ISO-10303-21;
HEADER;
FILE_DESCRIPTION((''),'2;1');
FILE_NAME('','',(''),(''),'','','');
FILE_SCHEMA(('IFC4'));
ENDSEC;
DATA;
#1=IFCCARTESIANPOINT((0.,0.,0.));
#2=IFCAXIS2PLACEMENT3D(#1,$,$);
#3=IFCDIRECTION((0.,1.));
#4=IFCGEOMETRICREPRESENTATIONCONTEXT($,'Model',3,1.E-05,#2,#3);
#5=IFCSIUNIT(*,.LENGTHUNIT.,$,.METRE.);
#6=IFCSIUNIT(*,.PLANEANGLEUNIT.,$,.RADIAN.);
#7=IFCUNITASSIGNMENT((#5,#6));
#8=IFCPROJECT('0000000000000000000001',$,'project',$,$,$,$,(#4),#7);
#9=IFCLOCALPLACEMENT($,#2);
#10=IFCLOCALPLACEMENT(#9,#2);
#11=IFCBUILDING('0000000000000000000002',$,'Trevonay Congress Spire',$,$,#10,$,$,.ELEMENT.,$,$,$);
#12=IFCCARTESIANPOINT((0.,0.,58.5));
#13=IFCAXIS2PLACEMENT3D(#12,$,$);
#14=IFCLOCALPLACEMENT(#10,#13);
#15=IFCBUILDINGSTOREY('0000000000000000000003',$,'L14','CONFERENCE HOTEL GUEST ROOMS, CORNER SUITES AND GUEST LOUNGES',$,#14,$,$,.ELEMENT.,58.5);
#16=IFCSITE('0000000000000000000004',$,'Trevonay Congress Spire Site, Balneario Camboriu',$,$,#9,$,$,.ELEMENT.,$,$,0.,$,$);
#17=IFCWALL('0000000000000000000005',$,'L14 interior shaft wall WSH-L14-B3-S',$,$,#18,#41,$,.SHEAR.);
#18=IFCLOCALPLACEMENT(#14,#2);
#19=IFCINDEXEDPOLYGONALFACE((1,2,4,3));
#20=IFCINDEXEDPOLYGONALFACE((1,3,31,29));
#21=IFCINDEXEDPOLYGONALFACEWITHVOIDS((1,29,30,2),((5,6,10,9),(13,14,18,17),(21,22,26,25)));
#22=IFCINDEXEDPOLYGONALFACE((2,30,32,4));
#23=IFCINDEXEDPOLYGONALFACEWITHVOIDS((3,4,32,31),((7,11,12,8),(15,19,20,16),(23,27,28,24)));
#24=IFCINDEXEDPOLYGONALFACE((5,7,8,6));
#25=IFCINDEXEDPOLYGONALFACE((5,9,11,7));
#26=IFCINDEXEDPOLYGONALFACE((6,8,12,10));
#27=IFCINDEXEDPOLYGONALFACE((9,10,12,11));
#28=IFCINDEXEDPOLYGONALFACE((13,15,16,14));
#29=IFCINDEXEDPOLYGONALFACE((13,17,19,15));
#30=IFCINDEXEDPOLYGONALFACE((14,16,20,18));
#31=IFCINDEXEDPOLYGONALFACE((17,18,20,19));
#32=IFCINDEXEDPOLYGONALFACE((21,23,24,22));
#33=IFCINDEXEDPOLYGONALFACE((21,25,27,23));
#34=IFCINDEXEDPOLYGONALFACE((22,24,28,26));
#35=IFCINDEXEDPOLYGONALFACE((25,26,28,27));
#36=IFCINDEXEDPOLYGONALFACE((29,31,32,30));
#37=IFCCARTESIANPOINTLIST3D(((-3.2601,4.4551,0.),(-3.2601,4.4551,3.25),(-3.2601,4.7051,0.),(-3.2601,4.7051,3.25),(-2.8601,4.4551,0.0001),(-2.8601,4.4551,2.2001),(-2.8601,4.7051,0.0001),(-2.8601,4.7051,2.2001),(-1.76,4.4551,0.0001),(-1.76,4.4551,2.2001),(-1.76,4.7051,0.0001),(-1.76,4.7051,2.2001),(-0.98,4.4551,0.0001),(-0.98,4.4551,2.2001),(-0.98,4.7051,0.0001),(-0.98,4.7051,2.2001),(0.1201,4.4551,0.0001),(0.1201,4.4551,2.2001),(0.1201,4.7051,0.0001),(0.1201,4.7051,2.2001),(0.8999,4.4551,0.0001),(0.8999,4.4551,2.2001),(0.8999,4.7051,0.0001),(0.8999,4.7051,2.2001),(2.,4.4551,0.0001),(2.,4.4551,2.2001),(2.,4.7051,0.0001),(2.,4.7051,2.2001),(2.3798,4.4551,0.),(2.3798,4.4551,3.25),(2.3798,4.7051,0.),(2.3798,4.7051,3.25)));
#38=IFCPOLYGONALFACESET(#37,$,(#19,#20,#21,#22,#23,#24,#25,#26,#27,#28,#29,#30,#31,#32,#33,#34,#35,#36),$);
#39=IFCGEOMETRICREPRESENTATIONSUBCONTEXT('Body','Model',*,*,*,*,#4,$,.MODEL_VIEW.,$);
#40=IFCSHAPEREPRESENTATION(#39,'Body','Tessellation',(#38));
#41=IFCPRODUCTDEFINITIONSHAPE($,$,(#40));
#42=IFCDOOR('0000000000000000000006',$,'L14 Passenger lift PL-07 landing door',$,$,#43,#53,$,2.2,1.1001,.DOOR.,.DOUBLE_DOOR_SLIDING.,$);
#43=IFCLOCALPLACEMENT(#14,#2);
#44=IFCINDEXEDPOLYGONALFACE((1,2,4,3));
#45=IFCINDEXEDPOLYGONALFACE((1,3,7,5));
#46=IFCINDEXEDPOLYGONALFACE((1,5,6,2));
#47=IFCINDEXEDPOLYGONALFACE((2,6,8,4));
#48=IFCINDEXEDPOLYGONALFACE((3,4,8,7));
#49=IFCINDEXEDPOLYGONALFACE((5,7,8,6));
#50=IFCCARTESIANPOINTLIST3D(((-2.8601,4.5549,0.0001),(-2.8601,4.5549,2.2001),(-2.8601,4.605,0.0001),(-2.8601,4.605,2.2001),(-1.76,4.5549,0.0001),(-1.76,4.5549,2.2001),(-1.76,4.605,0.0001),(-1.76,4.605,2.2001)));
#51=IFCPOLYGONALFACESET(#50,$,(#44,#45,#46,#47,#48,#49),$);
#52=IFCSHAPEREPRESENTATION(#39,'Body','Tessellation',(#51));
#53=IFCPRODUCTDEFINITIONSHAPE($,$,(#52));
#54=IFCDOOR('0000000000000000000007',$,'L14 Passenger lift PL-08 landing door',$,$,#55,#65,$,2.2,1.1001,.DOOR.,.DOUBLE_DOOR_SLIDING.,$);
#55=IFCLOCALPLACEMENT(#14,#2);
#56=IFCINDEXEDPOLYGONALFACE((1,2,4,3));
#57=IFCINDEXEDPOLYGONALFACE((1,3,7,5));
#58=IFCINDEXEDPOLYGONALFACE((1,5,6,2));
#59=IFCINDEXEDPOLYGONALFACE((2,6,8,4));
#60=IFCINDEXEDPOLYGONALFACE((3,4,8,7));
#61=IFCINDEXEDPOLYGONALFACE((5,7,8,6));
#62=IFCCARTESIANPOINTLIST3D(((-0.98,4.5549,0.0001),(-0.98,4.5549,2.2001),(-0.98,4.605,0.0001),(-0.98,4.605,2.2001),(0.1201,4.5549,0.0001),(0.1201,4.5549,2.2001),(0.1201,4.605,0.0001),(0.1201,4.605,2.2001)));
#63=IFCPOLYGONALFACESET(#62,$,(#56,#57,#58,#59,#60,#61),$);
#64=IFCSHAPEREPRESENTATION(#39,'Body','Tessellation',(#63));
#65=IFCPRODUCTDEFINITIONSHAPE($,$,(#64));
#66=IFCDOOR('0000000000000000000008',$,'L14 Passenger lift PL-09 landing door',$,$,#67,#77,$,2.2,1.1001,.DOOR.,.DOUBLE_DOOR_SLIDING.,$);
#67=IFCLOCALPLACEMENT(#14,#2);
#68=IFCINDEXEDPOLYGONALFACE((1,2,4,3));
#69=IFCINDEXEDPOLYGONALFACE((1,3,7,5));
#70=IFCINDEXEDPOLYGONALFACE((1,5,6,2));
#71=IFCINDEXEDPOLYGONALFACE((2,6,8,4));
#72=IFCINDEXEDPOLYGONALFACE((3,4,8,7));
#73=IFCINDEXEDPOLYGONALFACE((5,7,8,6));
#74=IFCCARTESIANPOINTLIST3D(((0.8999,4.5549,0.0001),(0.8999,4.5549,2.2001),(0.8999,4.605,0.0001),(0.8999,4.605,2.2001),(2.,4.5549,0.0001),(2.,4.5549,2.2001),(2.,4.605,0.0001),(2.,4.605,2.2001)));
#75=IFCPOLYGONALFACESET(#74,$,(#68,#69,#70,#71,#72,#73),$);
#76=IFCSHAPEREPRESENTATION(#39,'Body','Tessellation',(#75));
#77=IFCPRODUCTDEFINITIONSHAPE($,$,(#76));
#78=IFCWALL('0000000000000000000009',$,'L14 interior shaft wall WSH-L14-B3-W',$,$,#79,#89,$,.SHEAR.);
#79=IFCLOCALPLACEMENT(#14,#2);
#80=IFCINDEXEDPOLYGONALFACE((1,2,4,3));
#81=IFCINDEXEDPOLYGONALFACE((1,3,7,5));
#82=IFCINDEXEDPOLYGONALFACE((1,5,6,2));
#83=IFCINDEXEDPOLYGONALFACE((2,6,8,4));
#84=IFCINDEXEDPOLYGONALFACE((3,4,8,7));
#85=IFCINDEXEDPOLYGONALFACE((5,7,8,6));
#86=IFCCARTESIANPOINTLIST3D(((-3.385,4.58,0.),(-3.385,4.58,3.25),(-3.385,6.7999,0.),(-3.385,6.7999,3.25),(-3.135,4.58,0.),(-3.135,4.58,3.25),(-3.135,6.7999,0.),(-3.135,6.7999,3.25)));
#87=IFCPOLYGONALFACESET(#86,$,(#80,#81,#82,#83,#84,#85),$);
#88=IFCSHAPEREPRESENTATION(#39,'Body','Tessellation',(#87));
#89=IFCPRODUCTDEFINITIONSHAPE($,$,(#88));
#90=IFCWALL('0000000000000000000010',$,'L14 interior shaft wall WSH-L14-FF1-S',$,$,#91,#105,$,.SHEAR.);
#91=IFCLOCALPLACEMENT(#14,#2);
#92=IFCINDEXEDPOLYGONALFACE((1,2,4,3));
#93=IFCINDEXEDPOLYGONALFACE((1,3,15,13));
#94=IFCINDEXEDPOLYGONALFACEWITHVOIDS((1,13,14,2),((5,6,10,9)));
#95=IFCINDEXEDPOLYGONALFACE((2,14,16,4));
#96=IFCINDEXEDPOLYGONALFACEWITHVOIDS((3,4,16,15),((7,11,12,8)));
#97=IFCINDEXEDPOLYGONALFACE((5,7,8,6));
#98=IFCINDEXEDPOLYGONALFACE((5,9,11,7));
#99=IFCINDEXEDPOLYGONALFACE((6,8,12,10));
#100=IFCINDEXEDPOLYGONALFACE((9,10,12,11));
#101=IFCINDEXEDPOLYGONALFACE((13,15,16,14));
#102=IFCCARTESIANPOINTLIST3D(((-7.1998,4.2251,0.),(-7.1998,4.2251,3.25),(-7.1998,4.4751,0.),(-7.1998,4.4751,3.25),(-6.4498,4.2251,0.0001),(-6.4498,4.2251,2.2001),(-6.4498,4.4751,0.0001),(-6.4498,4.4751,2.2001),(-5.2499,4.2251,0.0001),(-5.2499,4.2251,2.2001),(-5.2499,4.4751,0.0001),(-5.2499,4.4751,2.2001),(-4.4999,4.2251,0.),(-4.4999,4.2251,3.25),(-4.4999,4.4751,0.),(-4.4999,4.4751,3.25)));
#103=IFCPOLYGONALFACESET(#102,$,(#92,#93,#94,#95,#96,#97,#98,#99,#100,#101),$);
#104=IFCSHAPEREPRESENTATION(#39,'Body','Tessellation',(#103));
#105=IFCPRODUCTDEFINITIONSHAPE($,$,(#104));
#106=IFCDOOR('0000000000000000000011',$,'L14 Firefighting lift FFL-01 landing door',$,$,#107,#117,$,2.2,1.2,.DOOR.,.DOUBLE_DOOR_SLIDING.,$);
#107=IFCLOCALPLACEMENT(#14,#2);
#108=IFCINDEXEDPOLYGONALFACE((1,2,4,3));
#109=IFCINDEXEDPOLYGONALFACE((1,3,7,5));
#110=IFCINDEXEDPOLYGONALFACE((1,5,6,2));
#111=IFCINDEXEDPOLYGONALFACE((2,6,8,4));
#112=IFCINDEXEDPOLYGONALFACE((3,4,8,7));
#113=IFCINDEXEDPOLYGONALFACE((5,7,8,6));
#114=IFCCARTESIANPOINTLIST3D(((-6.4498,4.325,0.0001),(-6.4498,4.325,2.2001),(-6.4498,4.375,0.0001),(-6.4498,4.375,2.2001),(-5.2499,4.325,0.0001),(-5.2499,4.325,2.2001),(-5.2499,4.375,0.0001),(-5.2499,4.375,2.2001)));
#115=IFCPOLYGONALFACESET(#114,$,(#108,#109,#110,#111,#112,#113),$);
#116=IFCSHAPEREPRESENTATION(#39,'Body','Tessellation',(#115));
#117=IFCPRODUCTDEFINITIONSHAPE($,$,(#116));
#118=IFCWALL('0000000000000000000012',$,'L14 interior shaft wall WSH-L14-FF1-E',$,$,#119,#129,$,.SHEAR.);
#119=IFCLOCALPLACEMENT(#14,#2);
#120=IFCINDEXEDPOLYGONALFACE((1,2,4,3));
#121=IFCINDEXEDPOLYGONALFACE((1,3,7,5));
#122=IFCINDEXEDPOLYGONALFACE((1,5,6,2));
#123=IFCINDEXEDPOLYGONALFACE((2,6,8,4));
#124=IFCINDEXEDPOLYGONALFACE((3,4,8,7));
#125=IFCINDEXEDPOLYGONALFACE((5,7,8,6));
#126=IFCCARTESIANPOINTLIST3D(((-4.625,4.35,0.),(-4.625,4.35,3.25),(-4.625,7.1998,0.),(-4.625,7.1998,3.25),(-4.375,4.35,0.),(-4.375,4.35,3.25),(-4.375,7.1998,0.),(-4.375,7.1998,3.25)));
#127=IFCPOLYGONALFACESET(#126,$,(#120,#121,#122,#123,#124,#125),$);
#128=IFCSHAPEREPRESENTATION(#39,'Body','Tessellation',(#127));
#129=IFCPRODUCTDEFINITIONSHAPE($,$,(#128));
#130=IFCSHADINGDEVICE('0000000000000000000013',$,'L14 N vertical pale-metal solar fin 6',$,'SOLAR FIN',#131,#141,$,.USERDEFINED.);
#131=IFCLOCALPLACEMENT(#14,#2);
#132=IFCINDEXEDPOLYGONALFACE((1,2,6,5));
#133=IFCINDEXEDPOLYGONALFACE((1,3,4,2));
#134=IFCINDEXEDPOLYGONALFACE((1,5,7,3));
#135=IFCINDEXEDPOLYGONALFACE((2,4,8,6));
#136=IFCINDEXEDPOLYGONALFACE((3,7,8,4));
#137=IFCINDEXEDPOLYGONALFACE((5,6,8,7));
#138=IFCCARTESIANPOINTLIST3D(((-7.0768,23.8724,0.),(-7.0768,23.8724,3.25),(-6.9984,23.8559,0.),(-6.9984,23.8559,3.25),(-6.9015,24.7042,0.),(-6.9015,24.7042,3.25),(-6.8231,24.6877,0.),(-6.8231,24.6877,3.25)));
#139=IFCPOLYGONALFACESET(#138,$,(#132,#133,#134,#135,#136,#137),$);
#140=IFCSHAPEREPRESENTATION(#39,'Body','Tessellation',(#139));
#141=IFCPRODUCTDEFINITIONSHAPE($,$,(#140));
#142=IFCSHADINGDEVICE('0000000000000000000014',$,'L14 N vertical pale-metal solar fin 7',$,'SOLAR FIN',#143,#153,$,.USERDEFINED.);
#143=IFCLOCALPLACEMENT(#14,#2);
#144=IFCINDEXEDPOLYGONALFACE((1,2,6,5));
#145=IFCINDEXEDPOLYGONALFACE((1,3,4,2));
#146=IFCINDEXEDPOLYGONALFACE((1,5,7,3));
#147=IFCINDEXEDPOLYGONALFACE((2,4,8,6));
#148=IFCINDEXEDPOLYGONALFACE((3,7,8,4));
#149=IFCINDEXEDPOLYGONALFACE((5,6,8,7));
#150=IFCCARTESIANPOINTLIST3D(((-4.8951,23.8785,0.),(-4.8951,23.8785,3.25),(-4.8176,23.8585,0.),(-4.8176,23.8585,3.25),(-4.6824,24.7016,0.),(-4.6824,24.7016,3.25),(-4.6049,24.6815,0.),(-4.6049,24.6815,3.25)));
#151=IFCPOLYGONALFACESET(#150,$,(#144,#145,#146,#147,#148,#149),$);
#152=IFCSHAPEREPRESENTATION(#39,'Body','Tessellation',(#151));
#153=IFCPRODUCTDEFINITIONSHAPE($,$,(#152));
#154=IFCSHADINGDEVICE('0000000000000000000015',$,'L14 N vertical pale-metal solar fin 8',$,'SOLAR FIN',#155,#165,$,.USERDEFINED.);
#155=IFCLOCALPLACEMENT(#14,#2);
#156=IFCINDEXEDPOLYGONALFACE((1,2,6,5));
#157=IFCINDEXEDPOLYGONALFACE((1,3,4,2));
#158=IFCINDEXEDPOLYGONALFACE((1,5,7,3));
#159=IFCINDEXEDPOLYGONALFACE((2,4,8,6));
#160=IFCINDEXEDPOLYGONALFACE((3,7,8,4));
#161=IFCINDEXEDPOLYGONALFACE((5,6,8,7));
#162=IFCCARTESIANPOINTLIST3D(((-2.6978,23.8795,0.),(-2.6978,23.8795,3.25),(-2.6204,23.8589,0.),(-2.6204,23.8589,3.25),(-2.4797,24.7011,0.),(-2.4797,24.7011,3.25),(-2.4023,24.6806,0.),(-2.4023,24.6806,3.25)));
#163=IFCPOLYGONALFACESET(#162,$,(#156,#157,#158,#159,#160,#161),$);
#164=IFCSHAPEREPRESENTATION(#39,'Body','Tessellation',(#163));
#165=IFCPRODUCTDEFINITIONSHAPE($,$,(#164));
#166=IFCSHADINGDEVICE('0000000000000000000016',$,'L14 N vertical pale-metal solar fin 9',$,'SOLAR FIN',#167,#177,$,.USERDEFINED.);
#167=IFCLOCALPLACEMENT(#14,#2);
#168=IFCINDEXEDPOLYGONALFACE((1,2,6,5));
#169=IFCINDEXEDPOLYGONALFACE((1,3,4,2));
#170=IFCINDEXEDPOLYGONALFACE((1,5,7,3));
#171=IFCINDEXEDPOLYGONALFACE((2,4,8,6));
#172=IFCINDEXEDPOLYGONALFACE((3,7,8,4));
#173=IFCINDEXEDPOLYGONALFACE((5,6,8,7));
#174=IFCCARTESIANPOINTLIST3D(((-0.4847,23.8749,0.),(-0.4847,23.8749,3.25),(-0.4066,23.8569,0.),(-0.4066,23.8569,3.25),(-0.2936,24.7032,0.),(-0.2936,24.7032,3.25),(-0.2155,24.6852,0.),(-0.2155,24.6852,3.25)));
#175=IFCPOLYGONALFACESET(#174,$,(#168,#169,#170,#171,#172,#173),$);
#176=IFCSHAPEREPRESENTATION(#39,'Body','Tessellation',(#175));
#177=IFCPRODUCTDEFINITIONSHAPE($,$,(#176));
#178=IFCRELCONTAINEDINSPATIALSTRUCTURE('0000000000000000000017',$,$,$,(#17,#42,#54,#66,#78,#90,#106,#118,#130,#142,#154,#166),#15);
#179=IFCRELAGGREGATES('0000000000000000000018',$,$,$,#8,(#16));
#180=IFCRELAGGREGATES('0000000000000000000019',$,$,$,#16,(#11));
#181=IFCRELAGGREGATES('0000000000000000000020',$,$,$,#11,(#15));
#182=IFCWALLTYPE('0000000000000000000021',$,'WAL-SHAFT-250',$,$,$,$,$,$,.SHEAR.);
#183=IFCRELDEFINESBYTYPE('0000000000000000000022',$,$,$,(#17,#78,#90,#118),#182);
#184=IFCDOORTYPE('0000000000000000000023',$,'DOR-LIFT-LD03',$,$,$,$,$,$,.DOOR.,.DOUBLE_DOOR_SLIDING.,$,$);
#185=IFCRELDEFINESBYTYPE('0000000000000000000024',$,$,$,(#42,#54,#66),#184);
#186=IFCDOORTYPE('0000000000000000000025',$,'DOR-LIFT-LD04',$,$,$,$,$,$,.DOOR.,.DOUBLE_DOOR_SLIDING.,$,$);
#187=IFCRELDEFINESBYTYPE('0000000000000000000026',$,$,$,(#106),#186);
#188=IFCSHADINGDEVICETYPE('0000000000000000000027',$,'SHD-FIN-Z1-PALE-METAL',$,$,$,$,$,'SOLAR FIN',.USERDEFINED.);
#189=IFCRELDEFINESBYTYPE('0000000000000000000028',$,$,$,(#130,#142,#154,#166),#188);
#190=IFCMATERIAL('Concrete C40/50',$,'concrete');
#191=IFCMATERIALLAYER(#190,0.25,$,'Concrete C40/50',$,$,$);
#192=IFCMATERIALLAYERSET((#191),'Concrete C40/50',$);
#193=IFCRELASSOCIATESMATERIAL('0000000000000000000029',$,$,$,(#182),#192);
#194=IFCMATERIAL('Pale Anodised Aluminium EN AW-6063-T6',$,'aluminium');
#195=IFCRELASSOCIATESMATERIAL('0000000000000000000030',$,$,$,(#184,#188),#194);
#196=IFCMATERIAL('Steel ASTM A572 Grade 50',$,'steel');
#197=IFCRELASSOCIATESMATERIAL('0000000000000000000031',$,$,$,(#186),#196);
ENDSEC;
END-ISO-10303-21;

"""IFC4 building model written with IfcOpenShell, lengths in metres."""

from ifc_helpers import new_model, si_unit, direction, frame, frame_2d, origin, origin_2d, place, context, subcontext, project, spatial, rectangle, extrude, material, layer, layer_set, type_object, element, fill, save


model = new_model("IFC4")

# Units and contexts
model_context = context("Model", 3, precision=1e-05, world=origin(), true_north=direction((0.0, 1.0)))
body_context = subcontext(model_context, "Body", "Model", "MODEL_VIEW")
ifc_project = project(units=[si_unit("LENGTHUNIT", "METRE"), si_unit("PLANEANGLEUNIT", "RADIAN")], contexts=[model_context])

# Site, building, storey
site_placement = place(None, origin())
site = spatial("IfcSite", under=ifc_project, at=site_placement, Name="Trevonay Congress Spire Site, Balneario Camboriu", CompositionType="ELEMENT", RefElevation=0.0)
building_placement = place(site_placement, origin())
building = spatial("IfcBuilding", under=site, at=building_placement, Name="Trevonay Congress Spire", CompositionType="ELEMENT")
storey_placement = place(building_placement, frame((0.0, 0.0, 58.5)))
storey = spatial("IfcBuildingStorey", under=building, at=storey_placement, Name="L14", Description="CONFERENCE HOTEL GUEST ROOMS, CORNER SUITES AND GUEST LOUNGES", CompositionType="ELEMENT", Elevation=58.5)

# Shared definitions
ifc_material_1 = material(Name="Steel ASTM A572 Grade 50", Category="steel")

# Shared definitions
ifc_material_2 = material(Name="Pale Anodised Aluminium EN AW-6063-T6", Category="aluminium")

# Shared definitions
ifc_material_3 = material(Name="Concrete C40/50", Category="concrete")

# Wall, openings, doors
ifc_layer_1 = layer(ifc_material_3, 0.25, Name="Concrete C40/50")
ifc_layer_set_1 = layer_set([ifc_layer_1], Name="Concrete C40/50")
wall_type_1 = type_object("IfcWallType", Name="WAL-SHAFT-250", PredefinedType="SHEAR", material=ifc_layer_set_1)
wall_1_placement = place(storey_placement, frame((-3.26, 4.5801, 0.0), z_axis=(0.0, 0.0, 1.0), x_axis=(1.0, 0.0, 0.0)))
wall_1 = element("IfcWall", 1, at=wall_1_placement, inside=storey, type_object=wall_type_1, Name="L14 interior shaft wall WSH-L14-B3-S", PredefinedType="SHEAR", context=body_context, shape_type="SweptSolid", body=[
    extrude(rectangle(XDim=5.6399, YDim=0.25, at=frame_2d((2.8198, 0.0))), origin(), (0.0, 0.0, 1.0), 3.25),
])
opening_1_placement = place(wall_1_placement, frame((0.3999, 0.0, 0.0)))
opening_1 = element("IfcOpeningElement", 2, at=opening_1_placement, cuts=wall_1, PredefinedType="OPENING", context=body_context, shape_type="SweptSolid", body=[
    extrude(rectangle(XDim=1.1001, YDim=2.2, at=frame_2d((0.55, 1.1001))), frame((0.0, 0.135, 0.0), z_axis=(0.0, -1.0, 0.0), x_axis=(1.0, 0.0, 0.0)), (0.0, 0.0, 1.0), 0.27),
])
opening_2_placement = place(wall_1_placement, frame((2.28, 0.0, 0.0)))
opening_2 = element("IfcOpeningElement", 3, at=opening_2_placement, cuts=wall_1, PredefinedType="OPENING", context=body_context, shape_type="SweptSolid", body=[
    extrude(rectangle(XDim=1.1001, YDim=2.2, at=frame_2d((0.55, 1.1001))), frame((0.0, 0.135, 0.0), z_axis=(0.0, -1.0, 0.0), x_axis=(1.0, 0.0, 0.0)), (0.0, 0.0, 1.0), 0.27),
])
opening_3_placement = place(wall_1_placement, frame((4.1599, 0.0, 0.0)))
opening_3 = element("IfcOpeningElement", 4, at=opening_3_placement, cuts=wall_1, PredefinedType="OPENING", context=body_context, shape_type="SweptSolid", body=[
    extrude(rectangle(XDim=1.1001, YDim=2.2, at=frame_2d((0.55, 1.1001))), frame((0.0, 0.135, 0.0), z_axis=(0.0, -1.0, 0.0), x_axis=(1.0, 0.0, 0.0)), (0.0, 0.0, 1.0), 0.27),
])
door_type_1 = type_object("IfcDoorType", Name="DOR-LIFT-LD03", OperationType="DOUBLE_DOOR_SLIDING", PredefinedType="DOOR", material=ifc_material_2)
door_1_placement = place(opening_1_placement, origin())
door_1 = element("IfcDoor", 5, at=door_1_placement, inside=storey, type_object=door_type_1, Name="L14 Passenger lift PL-07 landing door", OperationType="DOUBLE_DOOR_SLIDING", OverallHeight=2.2, OverallWidth=1.1001, PredefinedType="DOOR", context=body_context, shape_type="SweptSolid", body=[
    extrude(rectangle(XDim=1.1001, YDim=2.2, at=frame_2d((0.55, 1.1001))), frame((0.0, 0.0249, 0.0), z_axis=(0.0, -1.0, 0.0), x_axis=(1.0, 0.0, 0.0)), (0.0, 0.0, 1.0), 0.05),
])
fill(opening_1, door_1)
door_2_placement = place(opening_2_placement, origin())
door_2 = element("IfcDoor", 6, at=door_2_placement, inside=storey, type_object=door_type_1, Name="L14 Passenger lift PL-08 landing door", OperationType="DOUBLE_DOOR_SLIDING", OverallHeight=2.2, OverallWidth=1.1001, PredefinedType="DOOR", context=body_context, shape_type="SweptSolid", body=[
    extrude(rectangle(XDim=1.1001, YDim=2.2, at=frame_2d((0.55, 1.1001))), frame((0.0, 0.0249, 0.0), z_axis=(0.0, -1.0, 0.0), x_axis=(1.0, 0.0, 0.0)), (0.0, 0.0, 1.0), 0.05),
])
fill(opening_2, door_2)
door_3_placement = place(opening_3_placement, origin())
door_3 = element("IfcDoor", 7, at=door_3_placement, inside=storey, type_object=door_type_1, Name="L14 Passenger lift PL-09 landing door", OperationType="DOUBLE_DOOR_SLIDING", OverallHeight=2.2, OverallWidth=1.1001, PredefinedType="DOOR", context=body_context, shape_type="SweptSolid", body=[
    extrude(rectangle(XDim=1.1001, YDim=2.2, at=frame_2d((0.55, 1.1001))), frame((0.0, 0.0249, 0.0), z_axis=(0.0, -1.0, 0.0), x_axis=(1.0, 0.0, 0.0)), (0.0, 0.0, 1.0), 0.05),
])
fill(opening_3, door_3)

# Wall
wall_2_placement = place(storey_placement, frame((-3.26, 4.5801, 0.0), z_axis=(0.0, 0.0, 1.0), x_axis=(0.0, 1.0, 0.0)))
element("IfcWall", 8, at=wall_2_placement, inside=storey, type_object=wall_type_1, Name="L14 interior shaft wall WSH-L14-B3-W", PredefinedType="SHEAR", context=body_context, shape_type="SweptSolid", body=[
    extrude(rectangle(XDim=2.22, YDim=0.25, at=frame_2d((1.1099, 0.0))), origin(), (0.0, 0.0, 1.0), 3.25),
])

# Wall, opening, door
wall_3_placement = place(storey_placement, frame((-7.2, 4.3501, 0.0), z_axis=(0.0, 0.0, 1.0), x_axis=(1.0, 0.0, 0.0)))
wall_3 = element("IfcWall", 9, at=wall_3_placement, inside=storey, type_object=wall_type_1, Name="L14 interior shaft wall WSH-L14-FF1-S", PredefinedType="SHEAR", context=body_context, shape_type="SweptSolid", body=[
    extrude(rectangle(XDim=2.7, YDim=0.25, at=frame_2d((1.3501, 0.0))), origin(), (0.0, 0.0, 1.0), 3.25),
])
opening_4_placement = place(wall_3_placement, frame((0.75, 0.0, 0.0)))
opening_4 = element("IfcOpeningElement", 10, at=opening_4_placement, cuts=wall_3, PredefinedType="OPENING", context=body_context, shape_type="SweptSolid", body=[
    extrude(rectangle(XDim=1.2, YDim=2.2, at=frame_2d((0.6001, 1.1001))), frame((0.0, 0.135, 0.0), z_axis=(0.0, -1.0, 0.0), x_axis=(1.0, 0.0, 0.0)), (0.0, 0.0, 1.0), 0.27),
])
door_type_2 = type_object("IfcDoorType", Name="DOR-LIFT-LD04", OperationType="DOUBLE_DOOR_SLIDING", PredefinedType="DOOR", material=ifc_material_1)
door_4_placement = place(opening_4_placement, origin())
door_4 = element("IfcDoor", 11, at=door_4_placement, inside=storey, type_object=door_type_2, Name="L14 Firefighting lift FFL-01 landing door", OperationType="DOUBLE_DOOR_SLIDING", OverallHeight=2.2, OverallWidth=1.2, PredefinedType="DOOR", context=body_context, shape_type="SweptSolid", body=[
    extrude(rectangle(XDim=1.2, YDim=2.2, at=frame_2d((0.6001, 1.1001))), frame((0.0, 0.0249, 0.0), z_axis=(0.0, -1.0, 0.0), x_axis=(1.0, 0.0, 0.0)), (0.0, 0.0, 1.0), 0.05),
])
fill(opening_4, door_4)

# Wall
wall_4_placement = place(storey_placement, frame((-4.5, 4.3501, 0.0), z_axis=(0.0, 0.0, 1.0), x_axis=(0.0, 1.0, 0.0)))
element("IfcWall", 12, at=wall_4_placement, inside=storey, type_object=wall_type_1, Name="L14 interior shaft wall WSH-L14-FF1-E", PredefinedType="SHEAR", context=body_context, shape_type="SweptSolid", body=[
    extrude(rectangle(XDim=2.8499, YDim=0.25, at=frame_2d((1.4248, 0.0))), origin(), (0.0, 0.0, 1.0), 3.25),
])

# Shading devices
shading_device_type = type_object("IfcShadingDeviceType", Name="SHD-FIN-Z1-PALE-METAL", ElementType="SOLAR FIN", PredefinedType="USERDEFINED", material=ifc_material_2)
for number, where, z_axis, x_axis, name in (
    (13, (-6.95, 24.28, 0.0), (0.0, 0.0, 1.0), (0.978509, -0.206204, 0.0), "L14 N vertical pale-metal solar fin 6"),
    (14, (-4.75, 24.28, 0.0), (0.0, 0.0, 1.0), (0.968191, -0.250211, 0.0), "L14 N vertical pale-metal solar fin 7"),
    (15, (-2.55, 24.28, 0.0), (0.0, 0.0, 1.0), (0.966511, -0.256627, 0.0), "L14 N vertical pale-metal solar fin 8"),
    (16, (-0.3501, 24.28, 0.0), (0.0, 0.0, 1.0), (0.974409, -0.224781, 0.0), "L14 N vertical pale-metal solar fin 9"),
):
    element("IfcShadingDevice", number, at=place(storey_placement, frame(where, z_axis=z_axis, x_axis=x_axis)), inside=storey, type_object=shading_device_type, Name=name, ObjectType="SOLAR FIN", PredefinedType="USERDEFINED", context=body_context, shape_type="SweptSolid", body=[
        extrude(rectangle(XDim=0.0801, YDim=0.8501, at=origin_2d()), origin(), (0.0, 0.0, 1.0), 3.25),
    ])

save(model, "model.ifc")
